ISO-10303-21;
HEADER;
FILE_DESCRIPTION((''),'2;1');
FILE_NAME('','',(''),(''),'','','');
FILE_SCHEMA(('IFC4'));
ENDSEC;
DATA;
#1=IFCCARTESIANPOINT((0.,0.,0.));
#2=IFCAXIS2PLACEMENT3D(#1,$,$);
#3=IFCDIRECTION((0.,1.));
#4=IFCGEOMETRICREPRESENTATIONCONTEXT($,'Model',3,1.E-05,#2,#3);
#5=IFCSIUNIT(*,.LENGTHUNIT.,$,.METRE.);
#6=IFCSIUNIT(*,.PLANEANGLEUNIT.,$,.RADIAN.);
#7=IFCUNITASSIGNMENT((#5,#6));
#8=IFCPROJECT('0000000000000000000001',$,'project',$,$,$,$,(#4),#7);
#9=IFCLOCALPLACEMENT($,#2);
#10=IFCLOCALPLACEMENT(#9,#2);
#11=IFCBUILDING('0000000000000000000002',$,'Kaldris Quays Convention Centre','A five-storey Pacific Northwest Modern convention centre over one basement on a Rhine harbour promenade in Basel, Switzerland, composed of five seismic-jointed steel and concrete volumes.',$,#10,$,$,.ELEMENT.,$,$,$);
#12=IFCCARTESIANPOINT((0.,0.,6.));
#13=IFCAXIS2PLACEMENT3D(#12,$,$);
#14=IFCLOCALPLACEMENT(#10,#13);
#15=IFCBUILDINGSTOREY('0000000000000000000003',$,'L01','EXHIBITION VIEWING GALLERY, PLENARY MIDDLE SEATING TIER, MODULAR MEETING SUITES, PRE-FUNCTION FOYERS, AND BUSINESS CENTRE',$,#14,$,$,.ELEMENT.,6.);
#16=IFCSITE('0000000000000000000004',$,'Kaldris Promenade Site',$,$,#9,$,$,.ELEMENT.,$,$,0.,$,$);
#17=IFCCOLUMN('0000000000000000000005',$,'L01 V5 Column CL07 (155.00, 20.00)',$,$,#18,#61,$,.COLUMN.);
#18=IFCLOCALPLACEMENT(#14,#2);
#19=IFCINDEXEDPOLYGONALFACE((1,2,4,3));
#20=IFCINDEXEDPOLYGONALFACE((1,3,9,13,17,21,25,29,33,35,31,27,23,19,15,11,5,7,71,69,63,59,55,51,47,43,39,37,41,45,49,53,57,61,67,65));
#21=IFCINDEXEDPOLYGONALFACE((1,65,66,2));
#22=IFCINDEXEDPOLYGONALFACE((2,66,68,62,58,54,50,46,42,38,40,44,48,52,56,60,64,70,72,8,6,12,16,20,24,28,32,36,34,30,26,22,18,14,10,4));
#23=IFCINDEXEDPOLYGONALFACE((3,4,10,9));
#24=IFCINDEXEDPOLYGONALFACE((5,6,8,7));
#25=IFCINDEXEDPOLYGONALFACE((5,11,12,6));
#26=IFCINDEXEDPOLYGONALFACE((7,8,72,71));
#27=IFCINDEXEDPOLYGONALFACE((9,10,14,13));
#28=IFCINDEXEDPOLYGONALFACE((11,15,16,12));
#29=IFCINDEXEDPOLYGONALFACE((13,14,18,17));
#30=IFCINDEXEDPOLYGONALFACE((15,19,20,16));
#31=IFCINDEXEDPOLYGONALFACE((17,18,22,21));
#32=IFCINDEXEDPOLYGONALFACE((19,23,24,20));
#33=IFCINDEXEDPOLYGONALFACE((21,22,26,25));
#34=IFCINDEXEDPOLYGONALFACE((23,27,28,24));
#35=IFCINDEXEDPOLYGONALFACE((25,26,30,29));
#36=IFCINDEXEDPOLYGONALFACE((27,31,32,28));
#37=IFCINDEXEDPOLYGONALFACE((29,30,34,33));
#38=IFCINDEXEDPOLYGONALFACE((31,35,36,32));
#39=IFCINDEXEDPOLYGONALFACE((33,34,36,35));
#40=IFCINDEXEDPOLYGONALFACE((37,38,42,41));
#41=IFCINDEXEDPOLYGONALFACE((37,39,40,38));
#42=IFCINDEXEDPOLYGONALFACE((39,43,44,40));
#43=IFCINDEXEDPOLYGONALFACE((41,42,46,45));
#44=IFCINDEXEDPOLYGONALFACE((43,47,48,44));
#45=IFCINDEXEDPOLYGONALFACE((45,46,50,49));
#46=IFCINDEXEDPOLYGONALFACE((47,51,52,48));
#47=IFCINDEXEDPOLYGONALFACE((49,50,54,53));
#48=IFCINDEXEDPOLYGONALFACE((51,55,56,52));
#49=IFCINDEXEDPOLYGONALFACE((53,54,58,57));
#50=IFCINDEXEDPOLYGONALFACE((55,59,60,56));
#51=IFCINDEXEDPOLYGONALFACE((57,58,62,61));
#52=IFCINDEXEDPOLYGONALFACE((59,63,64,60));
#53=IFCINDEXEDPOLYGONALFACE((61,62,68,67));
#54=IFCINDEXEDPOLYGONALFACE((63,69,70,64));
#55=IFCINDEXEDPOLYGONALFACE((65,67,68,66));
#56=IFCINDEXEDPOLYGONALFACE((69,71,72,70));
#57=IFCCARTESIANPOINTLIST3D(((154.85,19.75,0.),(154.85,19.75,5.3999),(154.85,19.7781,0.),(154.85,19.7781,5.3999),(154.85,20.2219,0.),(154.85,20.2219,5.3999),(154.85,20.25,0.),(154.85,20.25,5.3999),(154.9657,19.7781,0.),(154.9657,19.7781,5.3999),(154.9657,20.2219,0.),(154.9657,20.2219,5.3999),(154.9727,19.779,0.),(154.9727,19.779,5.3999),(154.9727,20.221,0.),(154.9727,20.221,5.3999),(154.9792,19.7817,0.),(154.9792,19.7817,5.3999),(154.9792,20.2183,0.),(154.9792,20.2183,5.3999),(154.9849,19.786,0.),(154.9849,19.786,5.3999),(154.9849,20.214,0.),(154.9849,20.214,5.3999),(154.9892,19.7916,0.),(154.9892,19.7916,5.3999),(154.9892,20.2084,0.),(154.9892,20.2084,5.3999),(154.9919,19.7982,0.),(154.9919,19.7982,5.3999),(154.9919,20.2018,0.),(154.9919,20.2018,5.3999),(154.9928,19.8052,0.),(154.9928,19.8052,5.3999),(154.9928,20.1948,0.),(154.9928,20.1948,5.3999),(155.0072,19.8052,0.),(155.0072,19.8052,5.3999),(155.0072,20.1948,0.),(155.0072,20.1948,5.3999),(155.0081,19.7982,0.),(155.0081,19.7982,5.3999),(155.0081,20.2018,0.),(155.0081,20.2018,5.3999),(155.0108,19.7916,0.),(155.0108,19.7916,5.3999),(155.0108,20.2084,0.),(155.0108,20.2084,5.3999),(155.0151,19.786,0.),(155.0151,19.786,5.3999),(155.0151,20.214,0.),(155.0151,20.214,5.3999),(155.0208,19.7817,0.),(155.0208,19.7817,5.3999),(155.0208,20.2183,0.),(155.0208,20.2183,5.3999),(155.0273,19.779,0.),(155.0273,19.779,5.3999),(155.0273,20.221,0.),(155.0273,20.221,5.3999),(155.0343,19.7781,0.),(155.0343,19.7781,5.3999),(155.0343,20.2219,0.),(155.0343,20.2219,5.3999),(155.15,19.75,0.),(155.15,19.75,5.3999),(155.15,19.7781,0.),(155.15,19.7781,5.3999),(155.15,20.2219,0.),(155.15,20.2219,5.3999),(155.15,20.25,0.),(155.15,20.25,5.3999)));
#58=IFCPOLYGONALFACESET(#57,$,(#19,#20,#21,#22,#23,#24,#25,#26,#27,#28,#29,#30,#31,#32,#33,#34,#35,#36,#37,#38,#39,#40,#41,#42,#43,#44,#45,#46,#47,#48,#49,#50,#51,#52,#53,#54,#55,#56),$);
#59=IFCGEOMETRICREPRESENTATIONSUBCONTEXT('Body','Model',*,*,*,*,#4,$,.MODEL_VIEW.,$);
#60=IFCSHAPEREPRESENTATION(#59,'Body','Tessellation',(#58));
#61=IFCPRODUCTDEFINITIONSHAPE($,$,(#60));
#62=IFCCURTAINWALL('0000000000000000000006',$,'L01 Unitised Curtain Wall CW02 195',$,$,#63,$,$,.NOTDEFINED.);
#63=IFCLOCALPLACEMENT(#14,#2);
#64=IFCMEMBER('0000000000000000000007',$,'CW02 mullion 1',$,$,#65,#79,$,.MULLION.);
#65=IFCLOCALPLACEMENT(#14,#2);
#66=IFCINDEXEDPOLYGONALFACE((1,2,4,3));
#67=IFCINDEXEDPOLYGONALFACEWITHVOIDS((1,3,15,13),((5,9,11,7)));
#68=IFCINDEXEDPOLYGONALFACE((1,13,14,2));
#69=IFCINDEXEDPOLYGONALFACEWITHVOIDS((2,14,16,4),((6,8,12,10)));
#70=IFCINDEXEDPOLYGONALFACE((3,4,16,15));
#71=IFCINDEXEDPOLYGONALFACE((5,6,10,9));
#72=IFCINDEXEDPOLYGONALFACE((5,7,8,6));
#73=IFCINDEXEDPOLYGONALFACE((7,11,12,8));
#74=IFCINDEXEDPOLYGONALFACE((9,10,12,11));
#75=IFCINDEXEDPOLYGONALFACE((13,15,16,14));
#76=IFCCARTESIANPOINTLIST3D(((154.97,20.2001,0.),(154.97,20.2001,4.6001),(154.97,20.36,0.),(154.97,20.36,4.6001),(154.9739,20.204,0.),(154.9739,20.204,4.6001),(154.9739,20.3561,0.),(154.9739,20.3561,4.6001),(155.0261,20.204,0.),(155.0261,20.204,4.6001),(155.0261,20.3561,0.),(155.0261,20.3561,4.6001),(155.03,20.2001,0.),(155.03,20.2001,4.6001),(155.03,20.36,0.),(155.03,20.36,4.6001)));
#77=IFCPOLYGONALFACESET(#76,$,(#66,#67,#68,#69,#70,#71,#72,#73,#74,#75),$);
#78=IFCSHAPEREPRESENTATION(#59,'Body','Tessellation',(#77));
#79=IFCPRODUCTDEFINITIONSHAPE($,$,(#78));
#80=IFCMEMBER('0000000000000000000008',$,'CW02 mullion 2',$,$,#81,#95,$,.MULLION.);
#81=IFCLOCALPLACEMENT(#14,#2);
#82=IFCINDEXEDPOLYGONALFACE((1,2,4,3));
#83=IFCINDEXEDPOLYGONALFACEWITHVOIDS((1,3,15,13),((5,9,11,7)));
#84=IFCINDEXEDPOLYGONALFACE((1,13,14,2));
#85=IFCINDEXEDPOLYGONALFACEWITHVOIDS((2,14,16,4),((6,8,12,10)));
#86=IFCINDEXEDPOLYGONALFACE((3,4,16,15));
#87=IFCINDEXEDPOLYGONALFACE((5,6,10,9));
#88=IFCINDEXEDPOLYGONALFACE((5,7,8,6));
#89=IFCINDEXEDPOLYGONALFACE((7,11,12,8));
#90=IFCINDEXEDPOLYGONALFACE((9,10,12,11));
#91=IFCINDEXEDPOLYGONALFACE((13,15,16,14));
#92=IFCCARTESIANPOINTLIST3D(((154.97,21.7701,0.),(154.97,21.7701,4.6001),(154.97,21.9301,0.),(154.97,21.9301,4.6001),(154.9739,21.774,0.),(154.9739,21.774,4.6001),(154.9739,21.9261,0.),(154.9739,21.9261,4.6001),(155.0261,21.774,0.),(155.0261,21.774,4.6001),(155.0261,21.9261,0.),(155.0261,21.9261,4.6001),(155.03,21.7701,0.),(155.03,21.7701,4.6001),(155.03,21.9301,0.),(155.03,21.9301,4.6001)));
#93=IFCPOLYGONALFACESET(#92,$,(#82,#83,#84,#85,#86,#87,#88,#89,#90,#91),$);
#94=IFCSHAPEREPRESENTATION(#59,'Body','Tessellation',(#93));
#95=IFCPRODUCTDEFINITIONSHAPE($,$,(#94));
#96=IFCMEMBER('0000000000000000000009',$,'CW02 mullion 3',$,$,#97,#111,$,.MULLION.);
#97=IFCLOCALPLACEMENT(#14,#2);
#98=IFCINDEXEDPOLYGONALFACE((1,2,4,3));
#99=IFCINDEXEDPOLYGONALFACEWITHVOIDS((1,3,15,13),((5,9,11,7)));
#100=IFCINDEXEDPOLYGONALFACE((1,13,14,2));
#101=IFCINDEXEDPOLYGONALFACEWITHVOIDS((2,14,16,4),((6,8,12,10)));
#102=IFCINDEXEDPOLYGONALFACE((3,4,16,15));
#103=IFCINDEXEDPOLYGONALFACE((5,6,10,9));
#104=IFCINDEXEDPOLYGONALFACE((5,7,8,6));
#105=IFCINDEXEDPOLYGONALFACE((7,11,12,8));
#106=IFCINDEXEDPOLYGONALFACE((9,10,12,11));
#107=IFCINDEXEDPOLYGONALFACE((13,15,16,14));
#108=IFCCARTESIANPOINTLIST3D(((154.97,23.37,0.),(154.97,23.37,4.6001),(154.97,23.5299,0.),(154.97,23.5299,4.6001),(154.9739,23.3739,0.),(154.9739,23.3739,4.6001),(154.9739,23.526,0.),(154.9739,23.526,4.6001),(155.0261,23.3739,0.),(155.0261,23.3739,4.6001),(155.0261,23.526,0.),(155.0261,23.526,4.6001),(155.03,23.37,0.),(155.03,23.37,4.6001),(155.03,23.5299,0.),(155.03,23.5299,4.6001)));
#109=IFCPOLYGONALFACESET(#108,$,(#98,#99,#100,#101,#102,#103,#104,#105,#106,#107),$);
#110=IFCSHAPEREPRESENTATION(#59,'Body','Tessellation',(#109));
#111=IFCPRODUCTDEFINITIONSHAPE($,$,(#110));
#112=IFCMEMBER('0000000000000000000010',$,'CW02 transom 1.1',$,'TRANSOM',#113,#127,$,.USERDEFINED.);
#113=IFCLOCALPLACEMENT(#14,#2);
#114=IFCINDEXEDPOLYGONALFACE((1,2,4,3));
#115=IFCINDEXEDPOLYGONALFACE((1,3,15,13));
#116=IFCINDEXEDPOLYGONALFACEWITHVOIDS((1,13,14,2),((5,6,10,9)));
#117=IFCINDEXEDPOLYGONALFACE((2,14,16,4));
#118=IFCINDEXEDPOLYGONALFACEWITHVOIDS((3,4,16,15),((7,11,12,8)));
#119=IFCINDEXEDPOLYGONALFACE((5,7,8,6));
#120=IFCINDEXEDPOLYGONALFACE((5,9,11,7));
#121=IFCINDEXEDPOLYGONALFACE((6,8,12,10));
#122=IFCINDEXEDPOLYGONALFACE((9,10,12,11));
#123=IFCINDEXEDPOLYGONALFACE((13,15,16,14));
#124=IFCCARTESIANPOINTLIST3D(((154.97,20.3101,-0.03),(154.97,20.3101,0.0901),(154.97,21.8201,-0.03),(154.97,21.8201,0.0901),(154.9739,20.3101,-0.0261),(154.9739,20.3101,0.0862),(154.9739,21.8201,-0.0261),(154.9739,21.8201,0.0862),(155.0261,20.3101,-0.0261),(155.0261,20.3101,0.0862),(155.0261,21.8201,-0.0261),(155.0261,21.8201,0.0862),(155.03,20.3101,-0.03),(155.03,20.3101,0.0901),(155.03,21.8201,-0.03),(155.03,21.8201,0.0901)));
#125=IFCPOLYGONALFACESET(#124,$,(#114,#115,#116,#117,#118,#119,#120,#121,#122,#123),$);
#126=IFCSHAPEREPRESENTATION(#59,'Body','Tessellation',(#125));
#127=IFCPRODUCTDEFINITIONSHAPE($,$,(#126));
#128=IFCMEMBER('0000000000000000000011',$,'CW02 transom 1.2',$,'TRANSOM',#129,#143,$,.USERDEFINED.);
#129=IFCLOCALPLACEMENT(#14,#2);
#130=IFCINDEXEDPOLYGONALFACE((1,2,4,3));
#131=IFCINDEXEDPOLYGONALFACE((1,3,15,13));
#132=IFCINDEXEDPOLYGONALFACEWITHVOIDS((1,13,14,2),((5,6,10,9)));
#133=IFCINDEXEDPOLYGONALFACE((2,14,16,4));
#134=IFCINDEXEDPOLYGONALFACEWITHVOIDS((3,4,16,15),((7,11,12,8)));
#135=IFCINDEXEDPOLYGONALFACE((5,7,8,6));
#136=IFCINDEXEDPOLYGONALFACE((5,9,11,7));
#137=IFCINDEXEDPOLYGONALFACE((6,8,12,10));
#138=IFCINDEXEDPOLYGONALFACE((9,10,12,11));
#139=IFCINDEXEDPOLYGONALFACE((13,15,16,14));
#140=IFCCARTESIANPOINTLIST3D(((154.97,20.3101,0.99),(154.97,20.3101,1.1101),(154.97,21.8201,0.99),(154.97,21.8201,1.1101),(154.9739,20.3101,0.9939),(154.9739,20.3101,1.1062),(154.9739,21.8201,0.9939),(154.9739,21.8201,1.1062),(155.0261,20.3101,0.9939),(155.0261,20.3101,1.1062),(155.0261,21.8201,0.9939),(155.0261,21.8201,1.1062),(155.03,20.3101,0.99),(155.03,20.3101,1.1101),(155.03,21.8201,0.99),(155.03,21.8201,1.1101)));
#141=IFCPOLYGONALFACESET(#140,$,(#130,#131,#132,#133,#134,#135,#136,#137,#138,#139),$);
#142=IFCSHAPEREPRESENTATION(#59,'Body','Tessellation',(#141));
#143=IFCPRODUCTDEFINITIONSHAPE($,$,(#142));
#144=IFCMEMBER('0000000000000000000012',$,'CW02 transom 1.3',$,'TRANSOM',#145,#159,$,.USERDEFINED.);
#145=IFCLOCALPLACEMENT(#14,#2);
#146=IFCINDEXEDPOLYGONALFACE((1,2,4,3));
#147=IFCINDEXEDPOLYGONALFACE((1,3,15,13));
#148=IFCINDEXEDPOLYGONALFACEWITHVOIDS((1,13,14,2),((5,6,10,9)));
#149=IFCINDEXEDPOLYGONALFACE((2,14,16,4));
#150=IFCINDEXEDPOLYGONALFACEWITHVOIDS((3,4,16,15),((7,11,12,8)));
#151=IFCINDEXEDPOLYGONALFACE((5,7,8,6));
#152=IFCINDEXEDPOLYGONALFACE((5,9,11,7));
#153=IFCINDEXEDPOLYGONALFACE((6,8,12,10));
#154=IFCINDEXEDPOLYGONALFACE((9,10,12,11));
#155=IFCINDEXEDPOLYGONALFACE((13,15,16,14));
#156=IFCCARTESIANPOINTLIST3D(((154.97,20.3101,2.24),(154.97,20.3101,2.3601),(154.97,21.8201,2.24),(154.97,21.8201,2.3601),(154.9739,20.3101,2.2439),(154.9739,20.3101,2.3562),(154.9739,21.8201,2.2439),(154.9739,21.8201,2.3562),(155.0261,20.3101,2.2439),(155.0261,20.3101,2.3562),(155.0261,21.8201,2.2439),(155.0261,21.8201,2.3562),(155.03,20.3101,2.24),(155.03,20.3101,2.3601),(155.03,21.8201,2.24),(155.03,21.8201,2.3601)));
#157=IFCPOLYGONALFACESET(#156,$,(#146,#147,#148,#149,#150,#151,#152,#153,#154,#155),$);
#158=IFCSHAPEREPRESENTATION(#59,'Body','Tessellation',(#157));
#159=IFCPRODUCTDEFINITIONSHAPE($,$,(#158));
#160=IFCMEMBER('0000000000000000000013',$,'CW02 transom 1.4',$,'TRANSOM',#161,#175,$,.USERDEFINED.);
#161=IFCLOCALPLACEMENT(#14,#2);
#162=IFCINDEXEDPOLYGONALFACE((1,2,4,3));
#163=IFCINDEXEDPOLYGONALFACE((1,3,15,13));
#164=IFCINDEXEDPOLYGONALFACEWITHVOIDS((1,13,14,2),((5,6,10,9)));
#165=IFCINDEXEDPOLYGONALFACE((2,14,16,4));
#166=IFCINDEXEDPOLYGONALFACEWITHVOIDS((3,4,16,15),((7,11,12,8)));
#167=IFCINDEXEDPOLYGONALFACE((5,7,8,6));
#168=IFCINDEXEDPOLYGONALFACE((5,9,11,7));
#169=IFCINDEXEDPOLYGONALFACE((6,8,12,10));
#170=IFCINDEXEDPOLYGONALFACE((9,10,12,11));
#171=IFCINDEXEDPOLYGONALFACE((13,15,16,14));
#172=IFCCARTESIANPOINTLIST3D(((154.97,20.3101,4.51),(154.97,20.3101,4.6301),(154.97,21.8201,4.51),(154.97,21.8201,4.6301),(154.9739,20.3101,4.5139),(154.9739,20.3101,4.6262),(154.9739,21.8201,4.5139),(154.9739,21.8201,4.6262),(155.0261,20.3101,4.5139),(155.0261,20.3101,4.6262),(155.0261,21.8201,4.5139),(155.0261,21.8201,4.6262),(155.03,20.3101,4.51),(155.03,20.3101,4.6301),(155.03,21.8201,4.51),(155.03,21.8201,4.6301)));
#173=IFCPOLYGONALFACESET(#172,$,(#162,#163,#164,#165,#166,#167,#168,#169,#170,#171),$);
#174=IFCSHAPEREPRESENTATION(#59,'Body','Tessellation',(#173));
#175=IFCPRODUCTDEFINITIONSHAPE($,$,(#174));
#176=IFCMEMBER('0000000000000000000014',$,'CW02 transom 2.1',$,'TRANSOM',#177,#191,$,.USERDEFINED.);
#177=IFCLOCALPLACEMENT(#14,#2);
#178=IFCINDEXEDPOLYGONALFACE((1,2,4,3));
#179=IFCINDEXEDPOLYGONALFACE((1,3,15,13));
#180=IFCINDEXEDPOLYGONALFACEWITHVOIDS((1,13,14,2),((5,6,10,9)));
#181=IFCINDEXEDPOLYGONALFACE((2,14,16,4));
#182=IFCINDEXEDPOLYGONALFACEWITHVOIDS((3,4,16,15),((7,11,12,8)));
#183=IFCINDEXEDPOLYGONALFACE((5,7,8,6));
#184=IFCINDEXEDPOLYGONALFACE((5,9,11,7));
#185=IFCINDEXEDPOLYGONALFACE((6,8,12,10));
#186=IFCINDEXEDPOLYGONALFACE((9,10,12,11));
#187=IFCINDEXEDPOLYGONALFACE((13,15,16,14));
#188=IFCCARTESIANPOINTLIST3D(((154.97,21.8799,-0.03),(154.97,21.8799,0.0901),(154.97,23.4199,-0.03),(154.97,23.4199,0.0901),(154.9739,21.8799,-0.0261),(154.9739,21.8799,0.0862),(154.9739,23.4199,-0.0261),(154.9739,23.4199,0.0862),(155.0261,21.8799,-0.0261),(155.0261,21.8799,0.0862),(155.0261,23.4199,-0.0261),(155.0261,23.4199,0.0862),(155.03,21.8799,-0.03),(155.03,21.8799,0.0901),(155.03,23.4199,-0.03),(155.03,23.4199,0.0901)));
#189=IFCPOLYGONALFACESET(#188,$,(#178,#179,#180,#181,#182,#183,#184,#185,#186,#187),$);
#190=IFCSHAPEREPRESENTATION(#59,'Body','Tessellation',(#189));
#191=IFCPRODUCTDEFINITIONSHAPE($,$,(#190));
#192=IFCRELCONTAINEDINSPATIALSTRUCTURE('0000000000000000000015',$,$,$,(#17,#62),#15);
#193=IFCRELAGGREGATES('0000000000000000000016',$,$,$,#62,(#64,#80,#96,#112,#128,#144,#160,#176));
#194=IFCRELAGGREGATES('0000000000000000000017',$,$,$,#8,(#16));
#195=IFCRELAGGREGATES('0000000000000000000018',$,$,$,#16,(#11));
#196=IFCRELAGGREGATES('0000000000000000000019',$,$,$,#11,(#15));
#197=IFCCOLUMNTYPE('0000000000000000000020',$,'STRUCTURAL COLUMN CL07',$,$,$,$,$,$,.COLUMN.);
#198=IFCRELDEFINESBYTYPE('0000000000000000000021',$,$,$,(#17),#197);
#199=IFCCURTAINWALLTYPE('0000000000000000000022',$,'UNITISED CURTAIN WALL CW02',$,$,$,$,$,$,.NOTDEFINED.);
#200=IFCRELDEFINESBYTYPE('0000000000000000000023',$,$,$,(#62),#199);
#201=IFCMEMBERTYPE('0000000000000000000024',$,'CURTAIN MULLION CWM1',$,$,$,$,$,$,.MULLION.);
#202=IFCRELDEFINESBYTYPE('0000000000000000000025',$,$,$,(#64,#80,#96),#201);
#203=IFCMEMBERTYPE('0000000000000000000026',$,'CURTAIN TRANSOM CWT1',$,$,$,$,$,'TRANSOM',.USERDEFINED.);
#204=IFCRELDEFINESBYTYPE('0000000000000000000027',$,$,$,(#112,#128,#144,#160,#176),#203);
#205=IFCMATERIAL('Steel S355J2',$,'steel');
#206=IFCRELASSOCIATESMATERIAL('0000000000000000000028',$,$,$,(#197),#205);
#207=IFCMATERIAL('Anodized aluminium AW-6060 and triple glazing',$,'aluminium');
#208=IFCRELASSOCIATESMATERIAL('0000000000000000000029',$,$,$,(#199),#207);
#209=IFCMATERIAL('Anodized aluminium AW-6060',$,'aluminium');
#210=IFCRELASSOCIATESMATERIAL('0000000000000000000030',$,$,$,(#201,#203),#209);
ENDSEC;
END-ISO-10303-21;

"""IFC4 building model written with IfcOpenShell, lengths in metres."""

from ifc_helpers import new_model, si_unit, direction, frame, origin, origin_2d, place, context, subcontext, project, spatial, hollow_rectangle, i_section, extrude, material, material_profile, profile_set, type_object, element, aggregate, save


model = new_model("IFC4")

# Units and contexts
model_context = context("Model", 3, precision=1e-05, world=origin(), true_north=direction((0.0, 1.0)))
body_context = subcontext(model_context, "Body", "Model", "MODEL_VIEW")
ifc_project = project(units=[si_unit("LENGTHUNIT", "METRE"), si_unit("PLANEANGLEUNIT", "RADIAN")], contexts=[model_context])

# Site, building, storey
site_placement = place(None, origin())
site = spatial("IfcSite", under=ifc_project, at=site_placement, Name="Kaldris Promenade Site", CompositionType="ELEMENT", RefElevation=0.0)
building_placement = place(site_placement, origin())
building = spatial("IfcBuilding", under=site, at=building_placement, Name="Kaldris Quays Convention Centre", Description="A five-storey Pacific Northwest Modern convention centre over one basement on a Rhine harbour promenade in Basel, Switzerland, composed of five seismic-jointed steel and concrete volumes.", CompositionType="ELEMENT")
storey_placement = place(building_placement, frame((0.0, 0.0, 6.0)))
storey = spatial("IfcBuildingStorey", under=building, at=storey_placement, Name="L01", Description="EXHIBITION VIEWING GALLERY, PLENARY MIDDLE SEATING TIER, MODULAR MEETING SUITES, PRE-FUNCTION FOYERS, AND BUSINESS CENTRE", CompositionType="ELEMENT", Elevation=6.0)

# Column
ifc_material_1 = material(Name="Steel S355J2", Category="steel")
ifc_material_profile_1 = material_profile(ifc_material_1, i_section(OverallWidth=0.3, OverallDepth=0.5, WebThickness=0.0144, FlangeThickness=0.0281, FilletRadius=0.0271, at=origin_2d()), Name="HEB 500")
ifc_profile_set_1 = profile_set([ifc_material_profile_1], Name="Steel S355J2")
column_type = type_object("IfcColumnType", Name="STRUCTURAL COLUMN CL07", PredefinedType="COLUMN", material=ifc_profile_set_1)
column_placement = place(storey_placement, frame((155.0, 20.0, 0.0), z_axis=(0.0, 0.0, 1.0), x_axis=(1.0, 0.0, 0.0)))
element("IfcColumn", 1, at=column_placement, inside=storey, type_object=column_type, Name="L01 V5 Column CL07 (155.00, 20.00)", PredefinedType="COLUMN", context=body_context, shape_type="SweptSolid", body=[
    extrude(i_section(OverallWidth=0.3, OverallDepth=0.5, WebThickness=0.0144, FlangeThickness=0.0281, FilletRadius=0.0271, at=origin_2d()), origin(), (0.0, 0.0, 1.0), 5.3999),
])

# Curtain wall, members
ifc_material_2 = material(Name="Anodized aluminium AW-6060 and triple glazing", Category="aluminium")
curtain_wall_type = type_object("IfcCurtainWallType", Name="UNITISED CURTAIN WALL CW02", PredefinedType="NOTDEFINED", material=ifc_material_2)
curtain_wall_placement = place(storey_placement, origin())
curtain_wall = element("IfcCurtainWall", 2, at=curtain_wall_placement, inside=storey, type_object=curtain_wall_type, Name="L01 Unitised Curtain Wall CW02 195", PredefinedType="NOTDEFINED")
ifc_material_3 = material(Name="Anodized aluminium AW-6060", Category="aluminium")
ifc_material_profile_2 = material_profile(ifc_material_3, hollow_rectangle(XDim=0.0601, YDim=0.1599, WallThickness=0.0039, at=origin_2d()), Name="RHS 160x60x4")
ifc_profile_set_2 = profile_set([ifc_material_profile_2], Name="Anodized aluminium AW-6060")
member_type_1 = type_object("IfcMemberType", Name="CURTAIN MULLION CWM1", PredefinedType="MULLION", material=ifc_profile_set_2)
member_1_placement = place(storey_placement, frame((155.0, 20.28, 0.0), z_axis=(0.0, 0.0, 1.0), x_axis=(-1.0, 0.0, 0.0)))
member_1 = element("IfcMember", 3, at=member_1_placement, type_object=member_type_1, Name="CW02 mullion 1", PredefinedType="MULLION", context=body_context, shape_type="SweptSolid", body=[
    extrude(hollow_rectangle(XDim=0.0601, YDim=0.1599, WallThickness=0.0039, at=origin_2d()), origin(), (0.0, 0.0, 1.0), 4.6001),
])
member_2_placement = place(storey_placement, frame((155.0, 21.8501, 0.0), z_axis=(0.0, 0.0, 1.0), x_axis=(-1.0, 0.0, 0.0)))
member_2 = element("IfcMember", 4, at=member_2_placement, type_object=member_type_1, Name="CW02 mullion 2", PredefinedType="MULLION", context=body_context, shape_type="SweptSolid", body=[
    extrude(hollow_rectangle(XDim=0.0601, YDim=0.1599, WallThickness=0.0039, at=origin_2d()), origin(), (0.0, 0.0, 1.0), 4.6001),
])
member_3_placement = place(storey_placement, frame((155.0, 23.45, 0.0), z_axis=(0.0, 0.0, 1.0), x_axis=(-1.0, 0.0, 0.0)))
member_3 = element("IfcMember", 5, at=member_3_placement, type_object=member_type_1, Name="CW02 mullion 3", PredefinedType="MULLION", context=body_context, shape_type="SweptSolid", body=[
    extrude(hollow_rectangle(XDim=0.0601, YDim=0.1599, WallThickness=0.0039, at=origin_2d()), origin(), (0.0, 0.0, 1.0), 4.6001),
])
ifc_material_profile_3 = material_profile(ifc_material_3, hollow_rectangle(XDim=0.0601, YDim=0.1201, WallThickness=0.0039, at=origin_2d()), Name="RHS 120x60x4")
ifc_profile_set_3 = profile_set([ifc_material_profile_3], Name="Anodized aluminium AW-6060")
member_type_2 = type_object("IfcMemberType", Name="CURTAIN TRANSOM CWT1", ElementType="TRANSOM", PredefinedType="USERDEFINED", material=ifc_profile_set_3)
member_4_placement = place(storey_placement, frame((155.0, 20.3101, 0.03), z_axis=(0.0, 1.0, 0.0), x_axis=(-1.0, 0.0, 0.0)))
member_4 = element("IfcMember", 6, at=member_4_placement, type_object=member_type_2, Name="CW02 transom 1.1", ObjectType="TRANSOM", PredefinedType="USERDEFINED", context=body_context, shape_type="SweptSolid", body=[
    extrude(hollow_rectangle(XDim=0.0601, YDim=0.1201, WallThickness=0.0039, at=origin_2d()), origin(), (0.0, 0.0, 1.0), 1.51),
])
member_5_placement = place(storey_placement, frame((155.0, 20.3101, 1.05), z_axis=(0.0, 1.0, 0.0), x_axis=(-1.0, 0.0, 0.0)))
member_5 = element("IfcMember", 7, at=member_5_placement, type_object=member_type_2, Name="CW02 transom 1.2", ObjectType="TRANSOM", PredefinedType="USERDEFINED", context=body_context, shape_type="SweptSolid", body=[
    extrude(hollow_rectangle(XDim=0.0601, YDim=0.1201, WallThickness=0.0039, at=origin_2d()), origin(), (0.0, 0.0, 1.0), 1.51),
])
member_6_placement = place(storey_placement, frame((155.0, 20.3101, 2.3), z_axis=(0.0, 1.0, 0.0), x_axis=(-1.0, 0.0, 0.0)))
member_6 = element("IfcMember", 8, at=member_6_placement, type_object=member_type_2, Name="CW02 transom 1.3", ObjectType="TRANSOM", PredefinedType="USERDEFINED", context=body_context, shape_type="SweptSolid", body=[
    extrude(hollow_rectangle(XDim=0.0601, YDim=0.1201, WallThickness=0.0039, at=origin_2d()), origin(), (0.0, 0.0, 1.0), 1.51),
])
member_7_placement = place(storey_placement, frame((155.0, 20.3101, 4.5701), z_axis=(0.0, 1.0, 0.0), x_axis=(-1.0, 0.0, 0.0)))
member_7 = element("IfcMember", 9, at=member_7_placement, type_object=member_type_2, Name="CW02 transom 1.4", ObjectType="TRANSOM", PredefinedType="USERDEFINED", context=body_context, shape_type="SweptSolid", body=[
    extrude(hollow_rectangle(XDim=0.0601, YDim=0.1201, WallThickness=0.0039, at=origin_2d()), origin(), (0.0, 0.0, 1.0), 1.51),
])
member_8_placement = place(storey_placement, frame((155.0, 21.8799, 0.03), z_axis=(0.0, 1.0, 0.0), x_axis=(-1.0, 0.0, 0.0)))
member_8 = element("IfcMember", 10, at=member_8_placement, type_object=member_type_2, Name="CW02 transom 2.1", ObjectType="TRANSOM", PredefinedType="USERDEFINED", context=body_context, shape_type="SweptSolid", body=[
    extrude(hollow_rectangle(XDim=0.0601, YDim=0.1201, WallThickness=0.0039, at=origin_2d()), origin(), (0.0, 0.0, 1.0), 1.54),
])

aggregate(curtain_wall, [member_1, member_2, member_3, member_4, member_5, member_6, member_7, member_8])

save(model, "model.ifc")
